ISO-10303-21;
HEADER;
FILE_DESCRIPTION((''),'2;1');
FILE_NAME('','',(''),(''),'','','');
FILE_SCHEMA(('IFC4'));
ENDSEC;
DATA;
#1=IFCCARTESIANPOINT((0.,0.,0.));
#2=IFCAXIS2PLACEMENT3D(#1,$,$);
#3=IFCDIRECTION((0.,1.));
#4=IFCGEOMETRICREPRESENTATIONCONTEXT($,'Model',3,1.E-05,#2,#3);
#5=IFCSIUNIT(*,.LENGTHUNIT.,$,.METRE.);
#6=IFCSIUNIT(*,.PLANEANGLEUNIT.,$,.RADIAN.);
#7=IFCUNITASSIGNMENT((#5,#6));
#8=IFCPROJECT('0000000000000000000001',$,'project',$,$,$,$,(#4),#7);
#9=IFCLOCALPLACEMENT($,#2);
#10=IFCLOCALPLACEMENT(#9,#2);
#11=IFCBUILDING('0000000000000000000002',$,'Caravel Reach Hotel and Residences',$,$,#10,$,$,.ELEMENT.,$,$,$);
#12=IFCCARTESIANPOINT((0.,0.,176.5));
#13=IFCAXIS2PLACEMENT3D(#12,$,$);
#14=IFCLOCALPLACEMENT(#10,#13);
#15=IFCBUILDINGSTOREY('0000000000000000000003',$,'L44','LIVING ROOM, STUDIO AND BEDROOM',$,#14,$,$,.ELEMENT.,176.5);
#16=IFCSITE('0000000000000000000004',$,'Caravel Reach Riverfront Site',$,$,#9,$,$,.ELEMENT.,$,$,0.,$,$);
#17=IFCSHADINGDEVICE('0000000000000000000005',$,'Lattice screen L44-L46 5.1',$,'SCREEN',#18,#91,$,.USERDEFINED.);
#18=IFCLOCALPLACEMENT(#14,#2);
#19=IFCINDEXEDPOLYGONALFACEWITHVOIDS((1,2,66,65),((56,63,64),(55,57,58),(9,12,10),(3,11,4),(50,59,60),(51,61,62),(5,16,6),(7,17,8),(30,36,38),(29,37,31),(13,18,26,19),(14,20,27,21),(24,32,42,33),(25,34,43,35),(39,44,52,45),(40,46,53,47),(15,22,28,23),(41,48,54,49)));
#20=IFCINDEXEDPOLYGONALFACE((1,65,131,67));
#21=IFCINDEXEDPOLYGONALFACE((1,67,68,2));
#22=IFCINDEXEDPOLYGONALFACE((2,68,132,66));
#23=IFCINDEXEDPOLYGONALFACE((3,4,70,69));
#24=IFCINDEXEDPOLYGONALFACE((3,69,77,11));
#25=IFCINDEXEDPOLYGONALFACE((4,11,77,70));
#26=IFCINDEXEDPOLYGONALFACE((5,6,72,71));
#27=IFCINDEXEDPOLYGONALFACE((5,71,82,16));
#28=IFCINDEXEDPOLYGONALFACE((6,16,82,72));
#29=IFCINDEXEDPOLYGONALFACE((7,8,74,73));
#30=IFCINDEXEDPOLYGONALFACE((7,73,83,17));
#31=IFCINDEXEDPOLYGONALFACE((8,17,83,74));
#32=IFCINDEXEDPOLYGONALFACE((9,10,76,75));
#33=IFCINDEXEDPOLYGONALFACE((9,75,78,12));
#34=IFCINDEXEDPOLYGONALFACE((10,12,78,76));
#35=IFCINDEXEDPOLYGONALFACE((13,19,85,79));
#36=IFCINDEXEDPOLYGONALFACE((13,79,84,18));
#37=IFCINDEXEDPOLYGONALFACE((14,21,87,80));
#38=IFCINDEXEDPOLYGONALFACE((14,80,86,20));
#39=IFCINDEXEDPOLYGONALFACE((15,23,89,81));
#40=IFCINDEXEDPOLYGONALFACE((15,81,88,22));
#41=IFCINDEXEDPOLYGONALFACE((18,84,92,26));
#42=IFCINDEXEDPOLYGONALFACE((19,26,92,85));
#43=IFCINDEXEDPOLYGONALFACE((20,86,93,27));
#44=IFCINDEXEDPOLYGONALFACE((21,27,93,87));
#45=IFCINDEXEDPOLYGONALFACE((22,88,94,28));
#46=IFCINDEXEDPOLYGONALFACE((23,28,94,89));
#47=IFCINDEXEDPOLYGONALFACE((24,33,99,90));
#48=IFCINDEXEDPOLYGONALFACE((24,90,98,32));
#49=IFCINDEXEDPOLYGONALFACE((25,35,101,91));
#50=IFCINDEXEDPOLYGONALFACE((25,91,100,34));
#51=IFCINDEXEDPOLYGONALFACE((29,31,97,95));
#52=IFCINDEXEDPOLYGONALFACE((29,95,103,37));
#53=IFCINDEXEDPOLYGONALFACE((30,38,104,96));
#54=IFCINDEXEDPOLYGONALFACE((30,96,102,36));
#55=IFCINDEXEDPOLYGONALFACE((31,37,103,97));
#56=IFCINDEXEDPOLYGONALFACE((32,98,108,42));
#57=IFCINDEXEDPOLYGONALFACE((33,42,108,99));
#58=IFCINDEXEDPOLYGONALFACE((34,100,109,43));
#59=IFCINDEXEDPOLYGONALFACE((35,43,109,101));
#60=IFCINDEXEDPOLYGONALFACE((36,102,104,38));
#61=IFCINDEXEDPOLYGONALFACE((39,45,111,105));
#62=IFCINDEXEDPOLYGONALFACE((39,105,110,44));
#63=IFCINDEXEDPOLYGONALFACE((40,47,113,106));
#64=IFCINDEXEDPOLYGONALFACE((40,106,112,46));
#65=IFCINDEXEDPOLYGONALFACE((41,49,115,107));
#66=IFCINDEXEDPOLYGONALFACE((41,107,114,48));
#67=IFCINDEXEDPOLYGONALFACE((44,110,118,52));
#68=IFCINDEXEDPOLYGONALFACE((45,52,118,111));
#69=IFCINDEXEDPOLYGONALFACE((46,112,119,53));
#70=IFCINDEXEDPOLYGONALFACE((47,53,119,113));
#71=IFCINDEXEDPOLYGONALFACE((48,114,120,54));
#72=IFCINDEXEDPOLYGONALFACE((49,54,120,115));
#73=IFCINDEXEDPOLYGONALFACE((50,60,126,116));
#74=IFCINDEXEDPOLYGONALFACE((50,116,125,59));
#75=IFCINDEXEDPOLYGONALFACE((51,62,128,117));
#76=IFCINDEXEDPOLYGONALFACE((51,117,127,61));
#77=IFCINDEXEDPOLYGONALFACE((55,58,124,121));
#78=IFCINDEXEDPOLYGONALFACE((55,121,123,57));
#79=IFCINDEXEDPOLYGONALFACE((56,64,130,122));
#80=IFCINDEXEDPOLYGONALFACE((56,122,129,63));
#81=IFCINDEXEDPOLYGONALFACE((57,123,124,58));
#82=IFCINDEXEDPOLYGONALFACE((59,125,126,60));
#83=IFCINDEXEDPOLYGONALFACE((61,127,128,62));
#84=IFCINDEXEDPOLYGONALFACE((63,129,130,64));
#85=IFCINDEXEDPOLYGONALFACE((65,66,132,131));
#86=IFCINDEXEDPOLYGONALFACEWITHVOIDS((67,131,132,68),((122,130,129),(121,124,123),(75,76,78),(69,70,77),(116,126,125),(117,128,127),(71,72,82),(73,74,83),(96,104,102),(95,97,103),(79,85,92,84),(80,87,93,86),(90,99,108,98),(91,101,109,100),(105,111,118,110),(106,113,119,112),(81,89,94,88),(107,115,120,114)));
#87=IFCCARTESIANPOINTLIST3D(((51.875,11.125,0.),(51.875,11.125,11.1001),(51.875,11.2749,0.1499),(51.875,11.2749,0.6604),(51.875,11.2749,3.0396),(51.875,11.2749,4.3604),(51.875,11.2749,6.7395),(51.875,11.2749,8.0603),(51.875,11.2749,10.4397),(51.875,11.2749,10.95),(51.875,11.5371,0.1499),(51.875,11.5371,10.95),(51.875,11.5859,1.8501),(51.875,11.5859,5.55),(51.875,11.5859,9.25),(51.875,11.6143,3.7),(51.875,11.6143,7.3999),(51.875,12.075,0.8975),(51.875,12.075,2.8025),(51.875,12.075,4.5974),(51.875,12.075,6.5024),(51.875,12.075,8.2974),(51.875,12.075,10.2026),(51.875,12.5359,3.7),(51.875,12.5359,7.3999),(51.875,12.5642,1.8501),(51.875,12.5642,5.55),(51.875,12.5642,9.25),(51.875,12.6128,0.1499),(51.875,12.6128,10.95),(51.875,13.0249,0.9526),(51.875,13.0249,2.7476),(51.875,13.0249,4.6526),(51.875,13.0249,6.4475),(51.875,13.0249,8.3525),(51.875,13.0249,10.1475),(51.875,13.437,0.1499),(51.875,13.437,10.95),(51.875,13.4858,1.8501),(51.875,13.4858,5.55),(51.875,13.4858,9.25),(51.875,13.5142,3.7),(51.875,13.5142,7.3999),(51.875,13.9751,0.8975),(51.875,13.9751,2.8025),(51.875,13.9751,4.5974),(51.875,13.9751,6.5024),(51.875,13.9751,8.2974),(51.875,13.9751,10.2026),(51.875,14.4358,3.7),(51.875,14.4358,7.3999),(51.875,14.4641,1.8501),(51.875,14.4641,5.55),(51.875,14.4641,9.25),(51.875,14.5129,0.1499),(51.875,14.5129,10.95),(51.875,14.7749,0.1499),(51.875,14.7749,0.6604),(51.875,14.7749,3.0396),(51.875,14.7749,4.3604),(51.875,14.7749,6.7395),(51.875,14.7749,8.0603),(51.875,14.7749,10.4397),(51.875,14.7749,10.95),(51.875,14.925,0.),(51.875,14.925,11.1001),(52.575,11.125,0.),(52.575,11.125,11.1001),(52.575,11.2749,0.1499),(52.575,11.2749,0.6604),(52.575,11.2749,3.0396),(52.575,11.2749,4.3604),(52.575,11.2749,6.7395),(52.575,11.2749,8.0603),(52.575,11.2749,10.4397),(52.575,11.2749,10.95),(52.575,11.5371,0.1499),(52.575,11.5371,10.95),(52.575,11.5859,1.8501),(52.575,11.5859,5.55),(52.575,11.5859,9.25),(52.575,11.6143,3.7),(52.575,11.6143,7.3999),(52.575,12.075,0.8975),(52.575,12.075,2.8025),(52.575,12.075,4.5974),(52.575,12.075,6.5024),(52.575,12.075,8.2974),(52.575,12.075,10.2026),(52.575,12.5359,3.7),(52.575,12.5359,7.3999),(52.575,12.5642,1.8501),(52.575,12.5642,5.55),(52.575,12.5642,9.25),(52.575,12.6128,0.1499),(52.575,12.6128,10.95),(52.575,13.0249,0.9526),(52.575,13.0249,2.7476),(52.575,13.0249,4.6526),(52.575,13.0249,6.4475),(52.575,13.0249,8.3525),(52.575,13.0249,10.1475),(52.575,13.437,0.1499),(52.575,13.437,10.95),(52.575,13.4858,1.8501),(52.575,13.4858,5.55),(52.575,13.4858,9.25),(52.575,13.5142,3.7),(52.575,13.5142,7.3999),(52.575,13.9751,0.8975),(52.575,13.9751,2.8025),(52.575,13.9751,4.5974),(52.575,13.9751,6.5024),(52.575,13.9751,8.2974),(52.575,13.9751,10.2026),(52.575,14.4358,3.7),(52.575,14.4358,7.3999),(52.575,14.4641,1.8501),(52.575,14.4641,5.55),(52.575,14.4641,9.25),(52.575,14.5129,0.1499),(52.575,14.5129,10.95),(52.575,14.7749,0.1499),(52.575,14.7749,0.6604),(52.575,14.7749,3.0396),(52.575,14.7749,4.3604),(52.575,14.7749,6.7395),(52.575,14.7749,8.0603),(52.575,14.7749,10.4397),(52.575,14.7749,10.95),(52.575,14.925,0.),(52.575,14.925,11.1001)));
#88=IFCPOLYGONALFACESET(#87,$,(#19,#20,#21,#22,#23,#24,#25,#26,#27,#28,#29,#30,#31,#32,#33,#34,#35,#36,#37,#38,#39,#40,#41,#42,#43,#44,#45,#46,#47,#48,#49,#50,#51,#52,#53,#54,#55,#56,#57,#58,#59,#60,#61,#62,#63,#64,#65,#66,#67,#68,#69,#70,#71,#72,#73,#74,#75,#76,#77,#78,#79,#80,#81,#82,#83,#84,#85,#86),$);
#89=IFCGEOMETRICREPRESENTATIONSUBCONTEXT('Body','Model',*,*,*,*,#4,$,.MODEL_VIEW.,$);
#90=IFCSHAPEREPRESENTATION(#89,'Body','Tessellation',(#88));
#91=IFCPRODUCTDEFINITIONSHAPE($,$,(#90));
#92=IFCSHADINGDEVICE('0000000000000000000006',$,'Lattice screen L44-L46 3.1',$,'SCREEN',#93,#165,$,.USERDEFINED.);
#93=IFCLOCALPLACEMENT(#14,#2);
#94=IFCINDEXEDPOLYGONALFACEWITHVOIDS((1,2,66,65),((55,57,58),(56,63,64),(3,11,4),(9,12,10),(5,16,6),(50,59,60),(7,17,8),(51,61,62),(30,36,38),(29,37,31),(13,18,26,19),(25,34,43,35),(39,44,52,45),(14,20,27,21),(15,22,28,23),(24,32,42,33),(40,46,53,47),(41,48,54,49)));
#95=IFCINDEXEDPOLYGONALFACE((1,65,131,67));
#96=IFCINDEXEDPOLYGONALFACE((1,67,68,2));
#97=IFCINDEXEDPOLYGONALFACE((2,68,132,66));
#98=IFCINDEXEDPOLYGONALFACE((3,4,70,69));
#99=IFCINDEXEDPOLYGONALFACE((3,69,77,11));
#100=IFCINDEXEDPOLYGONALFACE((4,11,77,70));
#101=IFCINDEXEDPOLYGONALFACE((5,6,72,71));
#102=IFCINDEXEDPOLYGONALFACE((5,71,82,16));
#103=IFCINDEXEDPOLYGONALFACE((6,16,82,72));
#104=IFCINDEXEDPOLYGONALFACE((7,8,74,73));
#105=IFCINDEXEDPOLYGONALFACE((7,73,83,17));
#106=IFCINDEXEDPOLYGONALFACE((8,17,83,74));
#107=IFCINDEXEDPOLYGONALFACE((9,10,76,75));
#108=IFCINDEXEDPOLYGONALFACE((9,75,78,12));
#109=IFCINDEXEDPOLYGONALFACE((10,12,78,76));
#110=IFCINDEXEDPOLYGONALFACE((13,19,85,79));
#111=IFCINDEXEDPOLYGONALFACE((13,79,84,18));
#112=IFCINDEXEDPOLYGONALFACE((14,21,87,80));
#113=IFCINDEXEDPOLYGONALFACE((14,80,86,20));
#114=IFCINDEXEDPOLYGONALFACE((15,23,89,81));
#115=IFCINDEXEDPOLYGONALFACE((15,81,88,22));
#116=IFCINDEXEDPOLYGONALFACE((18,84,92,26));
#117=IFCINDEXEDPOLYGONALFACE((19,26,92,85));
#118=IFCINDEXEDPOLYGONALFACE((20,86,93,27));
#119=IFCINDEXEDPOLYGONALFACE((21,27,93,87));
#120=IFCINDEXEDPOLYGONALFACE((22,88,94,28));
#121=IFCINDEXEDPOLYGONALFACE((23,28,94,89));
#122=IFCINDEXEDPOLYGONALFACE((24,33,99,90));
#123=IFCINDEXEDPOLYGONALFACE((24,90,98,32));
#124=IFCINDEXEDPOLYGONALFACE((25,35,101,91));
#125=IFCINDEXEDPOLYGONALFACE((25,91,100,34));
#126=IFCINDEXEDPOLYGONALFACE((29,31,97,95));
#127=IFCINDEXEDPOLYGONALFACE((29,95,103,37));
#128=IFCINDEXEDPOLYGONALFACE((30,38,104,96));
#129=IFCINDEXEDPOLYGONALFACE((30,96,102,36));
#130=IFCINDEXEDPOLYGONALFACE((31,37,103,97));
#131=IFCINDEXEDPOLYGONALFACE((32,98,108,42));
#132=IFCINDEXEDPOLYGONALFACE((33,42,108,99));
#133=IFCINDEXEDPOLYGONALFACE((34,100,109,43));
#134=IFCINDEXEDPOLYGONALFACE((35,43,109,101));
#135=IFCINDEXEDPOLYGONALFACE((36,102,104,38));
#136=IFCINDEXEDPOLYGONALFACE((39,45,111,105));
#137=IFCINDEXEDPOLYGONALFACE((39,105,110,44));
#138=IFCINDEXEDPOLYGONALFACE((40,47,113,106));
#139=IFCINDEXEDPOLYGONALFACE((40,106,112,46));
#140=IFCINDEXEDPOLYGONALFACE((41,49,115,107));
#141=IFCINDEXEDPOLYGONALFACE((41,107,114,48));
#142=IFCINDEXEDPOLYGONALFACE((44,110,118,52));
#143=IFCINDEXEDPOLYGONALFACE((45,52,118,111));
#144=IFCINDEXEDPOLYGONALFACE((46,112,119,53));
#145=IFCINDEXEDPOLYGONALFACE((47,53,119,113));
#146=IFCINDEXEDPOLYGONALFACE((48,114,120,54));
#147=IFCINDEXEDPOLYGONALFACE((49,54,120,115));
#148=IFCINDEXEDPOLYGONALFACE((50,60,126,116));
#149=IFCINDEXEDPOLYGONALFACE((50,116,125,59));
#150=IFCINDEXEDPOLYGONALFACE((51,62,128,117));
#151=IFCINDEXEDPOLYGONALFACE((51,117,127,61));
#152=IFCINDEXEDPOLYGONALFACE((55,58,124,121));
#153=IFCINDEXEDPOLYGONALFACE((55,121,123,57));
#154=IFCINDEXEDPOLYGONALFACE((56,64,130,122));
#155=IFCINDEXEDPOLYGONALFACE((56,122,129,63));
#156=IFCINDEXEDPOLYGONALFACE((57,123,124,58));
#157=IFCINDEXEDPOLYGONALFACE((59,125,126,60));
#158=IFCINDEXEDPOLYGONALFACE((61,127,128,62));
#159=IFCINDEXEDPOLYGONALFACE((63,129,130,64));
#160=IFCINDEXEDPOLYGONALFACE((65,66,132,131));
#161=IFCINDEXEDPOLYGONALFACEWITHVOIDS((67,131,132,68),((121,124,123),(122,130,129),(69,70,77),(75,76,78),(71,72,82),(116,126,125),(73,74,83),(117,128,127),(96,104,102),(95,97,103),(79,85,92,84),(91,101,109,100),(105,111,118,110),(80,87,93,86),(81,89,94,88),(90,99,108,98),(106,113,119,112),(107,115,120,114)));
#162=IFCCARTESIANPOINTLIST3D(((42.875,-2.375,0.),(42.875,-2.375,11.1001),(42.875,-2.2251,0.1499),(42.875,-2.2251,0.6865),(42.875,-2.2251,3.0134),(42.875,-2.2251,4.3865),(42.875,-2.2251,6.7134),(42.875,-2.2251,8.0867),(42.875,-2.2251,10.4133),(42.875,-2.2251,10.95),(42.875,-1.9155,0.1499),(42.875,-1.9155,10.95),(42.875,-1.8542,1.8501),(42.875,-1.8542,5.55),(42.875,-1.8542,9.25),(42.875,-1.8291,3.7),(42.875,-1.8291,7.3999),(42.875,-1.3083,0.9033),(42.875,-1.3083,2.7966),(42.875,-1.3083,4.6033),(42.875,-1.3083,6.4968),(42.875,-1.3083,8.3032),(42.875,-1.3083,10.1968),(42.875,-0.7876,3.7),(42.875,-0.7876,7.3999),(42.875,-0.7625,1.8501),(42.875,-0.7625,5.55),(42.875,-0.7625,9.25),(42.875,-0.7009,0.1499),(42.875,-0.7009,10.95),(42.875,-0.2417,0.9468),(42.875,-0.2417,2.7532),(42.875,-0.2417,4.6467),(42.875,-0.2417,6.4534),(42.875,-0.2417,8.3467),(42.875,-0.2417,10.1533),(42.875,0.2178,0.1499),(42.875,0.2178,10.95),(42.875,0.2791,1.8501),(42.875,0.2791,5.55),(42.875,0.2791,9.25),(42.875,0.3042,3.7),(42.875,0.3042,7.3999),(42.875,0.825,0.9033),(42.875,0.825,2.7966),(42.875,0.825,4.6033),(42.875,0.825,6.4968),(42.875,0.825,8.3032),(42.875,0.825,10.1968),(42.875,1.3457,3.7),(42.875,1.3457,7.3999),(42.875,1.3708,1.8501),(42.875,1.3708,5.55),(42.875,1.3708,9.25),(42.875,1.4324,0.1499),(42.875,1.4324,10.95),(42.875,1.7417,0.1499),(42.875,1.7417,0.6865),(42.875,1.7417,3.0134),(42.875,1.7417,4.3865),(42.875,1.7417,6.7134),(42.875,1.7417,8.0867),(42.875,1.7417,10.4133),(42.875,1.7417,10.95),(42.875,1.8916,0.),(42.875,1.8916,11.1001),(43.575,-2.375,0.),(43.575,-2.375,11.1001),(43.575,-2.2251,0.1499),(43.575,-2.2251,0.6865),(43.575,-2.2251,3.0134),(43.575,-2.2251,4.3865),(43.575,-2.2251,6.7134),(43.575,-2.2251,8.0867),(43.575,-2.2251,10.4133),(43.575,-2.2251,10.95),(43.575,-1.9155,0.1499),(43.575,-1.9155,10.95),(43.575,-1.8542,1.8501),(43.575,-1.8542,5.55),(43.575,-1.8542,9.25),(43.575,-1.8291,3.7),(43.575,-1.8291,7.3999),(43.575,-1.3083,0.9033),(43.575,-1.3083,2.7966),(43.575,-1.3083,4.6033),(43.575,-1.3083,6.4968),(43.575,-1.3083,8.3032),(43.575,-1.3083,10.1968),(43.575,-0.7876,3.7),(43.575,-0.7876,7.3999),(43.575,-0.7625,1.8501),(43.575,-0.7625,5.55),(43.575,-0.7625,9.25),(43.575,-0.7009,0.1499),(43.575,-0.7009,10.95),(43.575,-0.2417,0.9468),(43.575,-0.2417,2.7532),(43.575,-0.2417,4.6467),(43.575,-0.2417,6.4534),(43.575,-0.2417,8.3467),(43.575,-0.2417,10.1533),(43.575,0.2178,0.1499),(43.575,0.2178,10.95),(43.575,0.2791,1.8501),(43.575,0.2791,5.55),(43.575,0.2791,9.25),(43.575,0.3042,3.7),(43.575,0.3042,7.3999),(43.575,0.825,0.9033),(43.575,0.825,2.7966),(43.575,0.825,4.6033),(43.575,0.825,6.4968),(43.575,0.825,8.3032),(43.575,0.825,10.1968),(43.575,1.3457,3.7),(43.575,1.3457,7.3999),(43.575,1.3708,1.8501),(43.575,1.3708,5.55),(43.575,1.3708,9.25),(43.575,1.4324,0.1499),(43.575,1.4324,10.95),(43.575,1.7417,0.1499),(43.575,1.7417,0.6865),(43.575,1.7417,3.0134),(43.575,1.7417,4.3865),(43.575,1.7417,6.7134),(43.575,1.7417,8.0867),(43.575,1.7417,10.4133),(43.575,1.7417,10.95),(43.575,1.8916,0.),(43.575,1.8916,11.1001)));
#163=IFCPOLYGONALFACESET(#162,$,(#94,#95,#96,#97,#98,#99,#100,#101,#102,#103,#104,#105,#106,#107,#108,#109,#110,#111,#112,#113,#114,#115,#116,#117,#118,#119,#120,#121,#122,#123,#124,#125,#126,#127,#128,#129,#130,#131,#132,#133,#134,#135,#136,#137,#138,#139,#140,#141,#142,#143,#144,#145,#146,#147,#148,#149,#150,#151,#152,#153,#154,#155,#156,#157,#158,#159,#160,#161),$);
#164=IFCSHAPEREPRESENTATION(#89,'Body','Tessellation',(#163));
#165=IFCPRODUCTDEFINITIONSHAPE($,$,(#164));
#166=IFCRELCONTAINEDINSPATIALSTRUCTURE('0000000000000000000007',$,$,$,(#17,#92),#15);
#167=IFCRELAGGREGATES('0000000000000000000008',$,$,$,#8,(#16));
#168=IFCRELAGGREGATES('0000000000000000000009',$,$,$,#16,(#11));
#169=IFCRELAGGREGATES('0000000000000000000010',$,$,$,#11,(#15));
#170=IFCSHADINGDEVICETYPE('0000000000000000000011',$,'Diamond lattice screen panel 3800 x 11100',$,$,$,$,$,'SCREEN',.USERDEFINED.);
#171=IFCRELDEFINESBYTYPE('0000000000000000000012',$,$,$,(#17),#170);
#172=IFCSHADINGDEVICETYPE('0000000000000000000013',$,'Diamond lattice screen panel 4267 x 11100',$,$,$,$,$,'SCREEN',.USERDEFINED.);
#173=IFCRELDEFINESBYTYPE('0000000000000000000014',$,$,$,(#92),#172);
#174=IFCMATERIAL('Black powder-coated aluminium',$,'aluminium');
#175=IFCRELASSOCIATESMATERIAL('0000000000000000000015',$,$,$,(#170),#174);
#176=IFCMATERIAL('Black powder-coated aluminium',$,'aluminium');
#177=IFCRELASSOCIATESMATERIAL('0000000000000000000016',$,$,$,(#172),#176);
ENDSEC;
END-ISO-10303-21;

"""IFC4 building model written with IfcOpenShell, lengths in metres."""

from ifc_helpers import new_model, si_unit, direction, frame, origin, place, context, subcontext, project, spatial, polyline, outline, extrude, material, type_object, element, save


model = new_model("IFC4")

# Units and contexts
model_context = context("Model", 3, precision=1e-05, world=origin(), true_north=direction((0.0, 1.0)))
body_context = subcontext(model_context, "Body", "Model", "MODEL_VIEW")
ifc_project = project(units=[si_unit("LENGTHUNIT", "METRE"), si_unit("PLANEANGLEUNIT", "RADIAN")], contexts=[model_context])

# Site, building, storey
site_placement = place(None, origin())
site = spatial("IfcSite", under=ifc_project, at=site_placement, Name="Caravel Reach Riverfront Site", CompositionType="ELEMENT", RefElevation=0.0)
building_placement = place(site_placement, origin())
building = spatial("IfcBuilding", under=site, at=building_placement, Name="Caravel Reach Hotel and Residences", CompositionType="ELEMENT")
storey_placement = place(building_placement, frame((0.0, 0.0, 176.5)))
storey = spatial("IfcBuildingStorey", under=building, at=storey_placement, Name="L44", Description="LIVING ROOM, STUDIO AND BEDROOM", CompositionType="ELEMENT", Elevation=176.5)

# Shading devices
ifc_material_1 = material(Name="Black powder-coated aluminium", Category="aluminium")
shading_device_type_1 = type_object("IfcShadingDeviceType", Name="Diamond lattice screen panel 3800 x 11100", ElementType="SCREEN", PredefinedType="USERDEFINED", material=ifc_material_1)
shading_device_1_placement = place(storey_placement, frame((51.875, 11.125, 0.0), z_axis=(1.0, 0.0, 0.0), x_axis=(0.0, 1.0, 0.0)))
element("IfcShadingDevice", 1, at=shading_device_1_placement, inside=storey, type_object=shading_device_type_1, Name="Lattice screen L44-L46 5.1", ObjectType="SCREEN", PredefinedType="USERDEFINED", context=body_context, shape_type="SweptSolid", body=[
    extrude(outline(polyline([(0.0, 0.0), (3.8, 0.0), (3.8, 11.1001), (0.0, 11.1001), (0.0, 0.0)]), holes=[polyline([(0.4121, 0.1499), (0.1499, 0.6604), (0.1499, 0.1499), (0.4121, 0.1499)]), polyline([(0.4893, 3.7), (0.1499, 4.3604), (0.1499, 3.0396), (0.4893, 3.7)]), polyline([(0.4893, 7.3999), (0.1499, 8.0603), (0.1499, 6.7395), (0.4893, 7.3999)]), polyline([(0.1499, 10.4397), (0.4121, 10.95), (0.1499, 10.95), (0.1499, 10.4397)]), polyline([(0.95, 2.8025), (0.4609, 1.8501), (0.95, 0.8975), (1.4392, 1.8501), (0.95, 2.8025)]), polyline([(0.95, 6.5024), (0.4609, 5.55), (0.95, 4.5974), (1.4392, 5.55), (0.95, 6.5024)]), polyline([(0.95, 10.2026), (0.4609, 9.25), (0.95, 8.2974), (1.4392, 9.25), (0.95, 10.2026)]), polyline([(1.8999, 0.9526), (1.4878, 0.1499), (2.312, 0.1499), (1.8999, 0.9526)]), polyline([(1.8999, 4.6526), (1.4109, 3.7), (1.8999, 2.7476), (2.3892, 3.7), (1.8999, 4.6526)]), polyline([(1.8999, 8.3525), (1.4109, 7.3999), (1.8999, 6.4475), (2.3892, 7.3999), (1.8999, 8.3525)]), polyline([(1.8999, 10.1475), (2.312, 10.95), (1.4878, 10.95), (1.8999, 10.1475)]), polyline([(2.8501, 2.8025), (2.3608, 1.8501), (2.8501, 0.8975), (3.3391, 1.8501), (2.8501, 2.8025)]), polyline([(2.8501, 6.5024), (2.3608, 5.55), (2.8501, 4.5974), (3.3391, 5.55), (2.8501, 6.5024)]), polyline([(2.8501, 10.2026), (2.3608, 9.25), (2.8501, 8.2974), (3.3391, 9.25), (2.8501, 10.2026)]), polyline([(3.6499, 0.6604), (3.3879, 0.1499), (3.6499, 0.1499), (3.6499, 0.6604)]), polyline([(3.3108, 3.7), (3.6499, 3.0396), (3.6499, 4.3604), (3.3108, 3.7)]), polyline([(3.3108, 7.3999), (3.6499, 6.7395), (3.6499, 8.0603), (3.3108, 7.3999)]), polyline([(3.3879, 10.95), (3.6499, 10.4397), (3.6499, 10.95), (3.3879, 10.95)])]), origin(), (0.0, 0.0, 1.0), 0.7),
])
ifc_material_2 = material(Name="Black powder-coated aluminium", Category="aluminium")
shading_device_type_2 = type_object("IfcShadingDeviceType", Name="Diamond lattice screen panel 4267 x 11100", ElementType="SCREEN", PredefinedType="USERDEFINED", material=ifc_material_2)
shading_device_2_placement = place(storey_placement, frame((42.875, -2.375, 0.0), z_axis=(1.0, 0.0, 0.0), x_axis=(0.0, 1.0, 0.0)))
element("IfcShadingDevice", 2, at=shading_device_2_placement, inside=storey, type_object=shading_device_type_2, Name="Lattice screen L44-L46 3.1", ObjectType="SCREEN", PredefinedType="USERDEFINED", context=body_context, shape_type="SweptSolid", body=[
    extrude(outline(polyline([(0.0, 0.0), (4.2666, 0.0), (4.2666, 11.1001), (0.0, 11.1001), (0.0, 0.0)]), holes=[polyline([(0.4595, 0.1499), (0.1499, 0.6865), (0.1499, 0.1499), (0.4595, 0.1499)]), polyline([(0.5459, 3.7), (0.1499, 4.3865), (0.1499, 3.0134), (0.5459, 3.7)]), polyline([(0.5459, 7.3999), (0.1499, 8.0867), (0.1499, 6.7134), (0.5459, 7.3999)]), polyline([(0.1499, 10.4133), (0.4595, 10.95), (0.1499, 10.95), (0.1499, 10.4133)]), polyline([(1.0667, 2.7966), (0.5208, 1.8501), (1.0667, 0.9033), (1.6125, 1.8501), (1.0667, 2.7966)]), polyline([(1.0667, 6.4968), (0.5208, 5.55), (1.0667, 4.6033), (1.6125, 5.55), (1.0667, 6.4968)]), polyline([(1.0667, 10.1968), (0.5208, 9.25), (1.0667, 8.3032), (1.6125, 9.25), (1.0667, 10.1968)]), polyline([(2.1333, 0.9468), (1.6741, 0.1499), (2.5928, 0.1499), (2.1333, 0.9468)]), polyline([(2.1333, 4.6467), (1.5874, 3.7), (2.1333, 2.7532), (2.6792, 3.7), (2.1333, 4.6467)]), polyline([(2.1333, 8.3467), (1.5874, 7.3999), (2.1333, 6.4534), (2.6792, 7.3999), (2.1333, 8.3467)]), polyline([(2.1333, 10.1533), (2.5928, 10.95), (1.6741, 10.95), (2.1333, 10.1533)]), polyline([(3.2, 2.7966), (2.6541, 1.8501), (3.2, 0.9033), (3.7458, 1.8501), (3.2, 2.7966)]), polyline([(3.2, 6.4968), (2.6541, 5.55), (3.2, 4.6033), (3.7458, 5.55), (3.2, 6.4968)]), polyline([(3.2, 10.1968), (2.6541, 9.25), (3.2, 8.3032), (3.7458, 9.25), (3.2, 10.1968)]), polyline([(4.1167, 0.6865), (3.8074, 0.1499), (4.1167, 0.1499), (4.1167, 0.6865)]), polyline([(3.7207, 3.7), (4.1167, 3.0134), (4.1167, 4.3865), (3.7207, 3.7)]), polyline([(3.7207, 7.3999), (4.1167, 6.7134), (4.1167, 8.0867), (3.7207, 7.3999)]), polyline([(3.8074, 10.95), (4.1167, 10.4133), (4.1167, 10.95), (3.8074, 10.95)])]), origin(), (0.0, 0.0, 1.0), 0.7),
])

save(model, "model.ifc")
